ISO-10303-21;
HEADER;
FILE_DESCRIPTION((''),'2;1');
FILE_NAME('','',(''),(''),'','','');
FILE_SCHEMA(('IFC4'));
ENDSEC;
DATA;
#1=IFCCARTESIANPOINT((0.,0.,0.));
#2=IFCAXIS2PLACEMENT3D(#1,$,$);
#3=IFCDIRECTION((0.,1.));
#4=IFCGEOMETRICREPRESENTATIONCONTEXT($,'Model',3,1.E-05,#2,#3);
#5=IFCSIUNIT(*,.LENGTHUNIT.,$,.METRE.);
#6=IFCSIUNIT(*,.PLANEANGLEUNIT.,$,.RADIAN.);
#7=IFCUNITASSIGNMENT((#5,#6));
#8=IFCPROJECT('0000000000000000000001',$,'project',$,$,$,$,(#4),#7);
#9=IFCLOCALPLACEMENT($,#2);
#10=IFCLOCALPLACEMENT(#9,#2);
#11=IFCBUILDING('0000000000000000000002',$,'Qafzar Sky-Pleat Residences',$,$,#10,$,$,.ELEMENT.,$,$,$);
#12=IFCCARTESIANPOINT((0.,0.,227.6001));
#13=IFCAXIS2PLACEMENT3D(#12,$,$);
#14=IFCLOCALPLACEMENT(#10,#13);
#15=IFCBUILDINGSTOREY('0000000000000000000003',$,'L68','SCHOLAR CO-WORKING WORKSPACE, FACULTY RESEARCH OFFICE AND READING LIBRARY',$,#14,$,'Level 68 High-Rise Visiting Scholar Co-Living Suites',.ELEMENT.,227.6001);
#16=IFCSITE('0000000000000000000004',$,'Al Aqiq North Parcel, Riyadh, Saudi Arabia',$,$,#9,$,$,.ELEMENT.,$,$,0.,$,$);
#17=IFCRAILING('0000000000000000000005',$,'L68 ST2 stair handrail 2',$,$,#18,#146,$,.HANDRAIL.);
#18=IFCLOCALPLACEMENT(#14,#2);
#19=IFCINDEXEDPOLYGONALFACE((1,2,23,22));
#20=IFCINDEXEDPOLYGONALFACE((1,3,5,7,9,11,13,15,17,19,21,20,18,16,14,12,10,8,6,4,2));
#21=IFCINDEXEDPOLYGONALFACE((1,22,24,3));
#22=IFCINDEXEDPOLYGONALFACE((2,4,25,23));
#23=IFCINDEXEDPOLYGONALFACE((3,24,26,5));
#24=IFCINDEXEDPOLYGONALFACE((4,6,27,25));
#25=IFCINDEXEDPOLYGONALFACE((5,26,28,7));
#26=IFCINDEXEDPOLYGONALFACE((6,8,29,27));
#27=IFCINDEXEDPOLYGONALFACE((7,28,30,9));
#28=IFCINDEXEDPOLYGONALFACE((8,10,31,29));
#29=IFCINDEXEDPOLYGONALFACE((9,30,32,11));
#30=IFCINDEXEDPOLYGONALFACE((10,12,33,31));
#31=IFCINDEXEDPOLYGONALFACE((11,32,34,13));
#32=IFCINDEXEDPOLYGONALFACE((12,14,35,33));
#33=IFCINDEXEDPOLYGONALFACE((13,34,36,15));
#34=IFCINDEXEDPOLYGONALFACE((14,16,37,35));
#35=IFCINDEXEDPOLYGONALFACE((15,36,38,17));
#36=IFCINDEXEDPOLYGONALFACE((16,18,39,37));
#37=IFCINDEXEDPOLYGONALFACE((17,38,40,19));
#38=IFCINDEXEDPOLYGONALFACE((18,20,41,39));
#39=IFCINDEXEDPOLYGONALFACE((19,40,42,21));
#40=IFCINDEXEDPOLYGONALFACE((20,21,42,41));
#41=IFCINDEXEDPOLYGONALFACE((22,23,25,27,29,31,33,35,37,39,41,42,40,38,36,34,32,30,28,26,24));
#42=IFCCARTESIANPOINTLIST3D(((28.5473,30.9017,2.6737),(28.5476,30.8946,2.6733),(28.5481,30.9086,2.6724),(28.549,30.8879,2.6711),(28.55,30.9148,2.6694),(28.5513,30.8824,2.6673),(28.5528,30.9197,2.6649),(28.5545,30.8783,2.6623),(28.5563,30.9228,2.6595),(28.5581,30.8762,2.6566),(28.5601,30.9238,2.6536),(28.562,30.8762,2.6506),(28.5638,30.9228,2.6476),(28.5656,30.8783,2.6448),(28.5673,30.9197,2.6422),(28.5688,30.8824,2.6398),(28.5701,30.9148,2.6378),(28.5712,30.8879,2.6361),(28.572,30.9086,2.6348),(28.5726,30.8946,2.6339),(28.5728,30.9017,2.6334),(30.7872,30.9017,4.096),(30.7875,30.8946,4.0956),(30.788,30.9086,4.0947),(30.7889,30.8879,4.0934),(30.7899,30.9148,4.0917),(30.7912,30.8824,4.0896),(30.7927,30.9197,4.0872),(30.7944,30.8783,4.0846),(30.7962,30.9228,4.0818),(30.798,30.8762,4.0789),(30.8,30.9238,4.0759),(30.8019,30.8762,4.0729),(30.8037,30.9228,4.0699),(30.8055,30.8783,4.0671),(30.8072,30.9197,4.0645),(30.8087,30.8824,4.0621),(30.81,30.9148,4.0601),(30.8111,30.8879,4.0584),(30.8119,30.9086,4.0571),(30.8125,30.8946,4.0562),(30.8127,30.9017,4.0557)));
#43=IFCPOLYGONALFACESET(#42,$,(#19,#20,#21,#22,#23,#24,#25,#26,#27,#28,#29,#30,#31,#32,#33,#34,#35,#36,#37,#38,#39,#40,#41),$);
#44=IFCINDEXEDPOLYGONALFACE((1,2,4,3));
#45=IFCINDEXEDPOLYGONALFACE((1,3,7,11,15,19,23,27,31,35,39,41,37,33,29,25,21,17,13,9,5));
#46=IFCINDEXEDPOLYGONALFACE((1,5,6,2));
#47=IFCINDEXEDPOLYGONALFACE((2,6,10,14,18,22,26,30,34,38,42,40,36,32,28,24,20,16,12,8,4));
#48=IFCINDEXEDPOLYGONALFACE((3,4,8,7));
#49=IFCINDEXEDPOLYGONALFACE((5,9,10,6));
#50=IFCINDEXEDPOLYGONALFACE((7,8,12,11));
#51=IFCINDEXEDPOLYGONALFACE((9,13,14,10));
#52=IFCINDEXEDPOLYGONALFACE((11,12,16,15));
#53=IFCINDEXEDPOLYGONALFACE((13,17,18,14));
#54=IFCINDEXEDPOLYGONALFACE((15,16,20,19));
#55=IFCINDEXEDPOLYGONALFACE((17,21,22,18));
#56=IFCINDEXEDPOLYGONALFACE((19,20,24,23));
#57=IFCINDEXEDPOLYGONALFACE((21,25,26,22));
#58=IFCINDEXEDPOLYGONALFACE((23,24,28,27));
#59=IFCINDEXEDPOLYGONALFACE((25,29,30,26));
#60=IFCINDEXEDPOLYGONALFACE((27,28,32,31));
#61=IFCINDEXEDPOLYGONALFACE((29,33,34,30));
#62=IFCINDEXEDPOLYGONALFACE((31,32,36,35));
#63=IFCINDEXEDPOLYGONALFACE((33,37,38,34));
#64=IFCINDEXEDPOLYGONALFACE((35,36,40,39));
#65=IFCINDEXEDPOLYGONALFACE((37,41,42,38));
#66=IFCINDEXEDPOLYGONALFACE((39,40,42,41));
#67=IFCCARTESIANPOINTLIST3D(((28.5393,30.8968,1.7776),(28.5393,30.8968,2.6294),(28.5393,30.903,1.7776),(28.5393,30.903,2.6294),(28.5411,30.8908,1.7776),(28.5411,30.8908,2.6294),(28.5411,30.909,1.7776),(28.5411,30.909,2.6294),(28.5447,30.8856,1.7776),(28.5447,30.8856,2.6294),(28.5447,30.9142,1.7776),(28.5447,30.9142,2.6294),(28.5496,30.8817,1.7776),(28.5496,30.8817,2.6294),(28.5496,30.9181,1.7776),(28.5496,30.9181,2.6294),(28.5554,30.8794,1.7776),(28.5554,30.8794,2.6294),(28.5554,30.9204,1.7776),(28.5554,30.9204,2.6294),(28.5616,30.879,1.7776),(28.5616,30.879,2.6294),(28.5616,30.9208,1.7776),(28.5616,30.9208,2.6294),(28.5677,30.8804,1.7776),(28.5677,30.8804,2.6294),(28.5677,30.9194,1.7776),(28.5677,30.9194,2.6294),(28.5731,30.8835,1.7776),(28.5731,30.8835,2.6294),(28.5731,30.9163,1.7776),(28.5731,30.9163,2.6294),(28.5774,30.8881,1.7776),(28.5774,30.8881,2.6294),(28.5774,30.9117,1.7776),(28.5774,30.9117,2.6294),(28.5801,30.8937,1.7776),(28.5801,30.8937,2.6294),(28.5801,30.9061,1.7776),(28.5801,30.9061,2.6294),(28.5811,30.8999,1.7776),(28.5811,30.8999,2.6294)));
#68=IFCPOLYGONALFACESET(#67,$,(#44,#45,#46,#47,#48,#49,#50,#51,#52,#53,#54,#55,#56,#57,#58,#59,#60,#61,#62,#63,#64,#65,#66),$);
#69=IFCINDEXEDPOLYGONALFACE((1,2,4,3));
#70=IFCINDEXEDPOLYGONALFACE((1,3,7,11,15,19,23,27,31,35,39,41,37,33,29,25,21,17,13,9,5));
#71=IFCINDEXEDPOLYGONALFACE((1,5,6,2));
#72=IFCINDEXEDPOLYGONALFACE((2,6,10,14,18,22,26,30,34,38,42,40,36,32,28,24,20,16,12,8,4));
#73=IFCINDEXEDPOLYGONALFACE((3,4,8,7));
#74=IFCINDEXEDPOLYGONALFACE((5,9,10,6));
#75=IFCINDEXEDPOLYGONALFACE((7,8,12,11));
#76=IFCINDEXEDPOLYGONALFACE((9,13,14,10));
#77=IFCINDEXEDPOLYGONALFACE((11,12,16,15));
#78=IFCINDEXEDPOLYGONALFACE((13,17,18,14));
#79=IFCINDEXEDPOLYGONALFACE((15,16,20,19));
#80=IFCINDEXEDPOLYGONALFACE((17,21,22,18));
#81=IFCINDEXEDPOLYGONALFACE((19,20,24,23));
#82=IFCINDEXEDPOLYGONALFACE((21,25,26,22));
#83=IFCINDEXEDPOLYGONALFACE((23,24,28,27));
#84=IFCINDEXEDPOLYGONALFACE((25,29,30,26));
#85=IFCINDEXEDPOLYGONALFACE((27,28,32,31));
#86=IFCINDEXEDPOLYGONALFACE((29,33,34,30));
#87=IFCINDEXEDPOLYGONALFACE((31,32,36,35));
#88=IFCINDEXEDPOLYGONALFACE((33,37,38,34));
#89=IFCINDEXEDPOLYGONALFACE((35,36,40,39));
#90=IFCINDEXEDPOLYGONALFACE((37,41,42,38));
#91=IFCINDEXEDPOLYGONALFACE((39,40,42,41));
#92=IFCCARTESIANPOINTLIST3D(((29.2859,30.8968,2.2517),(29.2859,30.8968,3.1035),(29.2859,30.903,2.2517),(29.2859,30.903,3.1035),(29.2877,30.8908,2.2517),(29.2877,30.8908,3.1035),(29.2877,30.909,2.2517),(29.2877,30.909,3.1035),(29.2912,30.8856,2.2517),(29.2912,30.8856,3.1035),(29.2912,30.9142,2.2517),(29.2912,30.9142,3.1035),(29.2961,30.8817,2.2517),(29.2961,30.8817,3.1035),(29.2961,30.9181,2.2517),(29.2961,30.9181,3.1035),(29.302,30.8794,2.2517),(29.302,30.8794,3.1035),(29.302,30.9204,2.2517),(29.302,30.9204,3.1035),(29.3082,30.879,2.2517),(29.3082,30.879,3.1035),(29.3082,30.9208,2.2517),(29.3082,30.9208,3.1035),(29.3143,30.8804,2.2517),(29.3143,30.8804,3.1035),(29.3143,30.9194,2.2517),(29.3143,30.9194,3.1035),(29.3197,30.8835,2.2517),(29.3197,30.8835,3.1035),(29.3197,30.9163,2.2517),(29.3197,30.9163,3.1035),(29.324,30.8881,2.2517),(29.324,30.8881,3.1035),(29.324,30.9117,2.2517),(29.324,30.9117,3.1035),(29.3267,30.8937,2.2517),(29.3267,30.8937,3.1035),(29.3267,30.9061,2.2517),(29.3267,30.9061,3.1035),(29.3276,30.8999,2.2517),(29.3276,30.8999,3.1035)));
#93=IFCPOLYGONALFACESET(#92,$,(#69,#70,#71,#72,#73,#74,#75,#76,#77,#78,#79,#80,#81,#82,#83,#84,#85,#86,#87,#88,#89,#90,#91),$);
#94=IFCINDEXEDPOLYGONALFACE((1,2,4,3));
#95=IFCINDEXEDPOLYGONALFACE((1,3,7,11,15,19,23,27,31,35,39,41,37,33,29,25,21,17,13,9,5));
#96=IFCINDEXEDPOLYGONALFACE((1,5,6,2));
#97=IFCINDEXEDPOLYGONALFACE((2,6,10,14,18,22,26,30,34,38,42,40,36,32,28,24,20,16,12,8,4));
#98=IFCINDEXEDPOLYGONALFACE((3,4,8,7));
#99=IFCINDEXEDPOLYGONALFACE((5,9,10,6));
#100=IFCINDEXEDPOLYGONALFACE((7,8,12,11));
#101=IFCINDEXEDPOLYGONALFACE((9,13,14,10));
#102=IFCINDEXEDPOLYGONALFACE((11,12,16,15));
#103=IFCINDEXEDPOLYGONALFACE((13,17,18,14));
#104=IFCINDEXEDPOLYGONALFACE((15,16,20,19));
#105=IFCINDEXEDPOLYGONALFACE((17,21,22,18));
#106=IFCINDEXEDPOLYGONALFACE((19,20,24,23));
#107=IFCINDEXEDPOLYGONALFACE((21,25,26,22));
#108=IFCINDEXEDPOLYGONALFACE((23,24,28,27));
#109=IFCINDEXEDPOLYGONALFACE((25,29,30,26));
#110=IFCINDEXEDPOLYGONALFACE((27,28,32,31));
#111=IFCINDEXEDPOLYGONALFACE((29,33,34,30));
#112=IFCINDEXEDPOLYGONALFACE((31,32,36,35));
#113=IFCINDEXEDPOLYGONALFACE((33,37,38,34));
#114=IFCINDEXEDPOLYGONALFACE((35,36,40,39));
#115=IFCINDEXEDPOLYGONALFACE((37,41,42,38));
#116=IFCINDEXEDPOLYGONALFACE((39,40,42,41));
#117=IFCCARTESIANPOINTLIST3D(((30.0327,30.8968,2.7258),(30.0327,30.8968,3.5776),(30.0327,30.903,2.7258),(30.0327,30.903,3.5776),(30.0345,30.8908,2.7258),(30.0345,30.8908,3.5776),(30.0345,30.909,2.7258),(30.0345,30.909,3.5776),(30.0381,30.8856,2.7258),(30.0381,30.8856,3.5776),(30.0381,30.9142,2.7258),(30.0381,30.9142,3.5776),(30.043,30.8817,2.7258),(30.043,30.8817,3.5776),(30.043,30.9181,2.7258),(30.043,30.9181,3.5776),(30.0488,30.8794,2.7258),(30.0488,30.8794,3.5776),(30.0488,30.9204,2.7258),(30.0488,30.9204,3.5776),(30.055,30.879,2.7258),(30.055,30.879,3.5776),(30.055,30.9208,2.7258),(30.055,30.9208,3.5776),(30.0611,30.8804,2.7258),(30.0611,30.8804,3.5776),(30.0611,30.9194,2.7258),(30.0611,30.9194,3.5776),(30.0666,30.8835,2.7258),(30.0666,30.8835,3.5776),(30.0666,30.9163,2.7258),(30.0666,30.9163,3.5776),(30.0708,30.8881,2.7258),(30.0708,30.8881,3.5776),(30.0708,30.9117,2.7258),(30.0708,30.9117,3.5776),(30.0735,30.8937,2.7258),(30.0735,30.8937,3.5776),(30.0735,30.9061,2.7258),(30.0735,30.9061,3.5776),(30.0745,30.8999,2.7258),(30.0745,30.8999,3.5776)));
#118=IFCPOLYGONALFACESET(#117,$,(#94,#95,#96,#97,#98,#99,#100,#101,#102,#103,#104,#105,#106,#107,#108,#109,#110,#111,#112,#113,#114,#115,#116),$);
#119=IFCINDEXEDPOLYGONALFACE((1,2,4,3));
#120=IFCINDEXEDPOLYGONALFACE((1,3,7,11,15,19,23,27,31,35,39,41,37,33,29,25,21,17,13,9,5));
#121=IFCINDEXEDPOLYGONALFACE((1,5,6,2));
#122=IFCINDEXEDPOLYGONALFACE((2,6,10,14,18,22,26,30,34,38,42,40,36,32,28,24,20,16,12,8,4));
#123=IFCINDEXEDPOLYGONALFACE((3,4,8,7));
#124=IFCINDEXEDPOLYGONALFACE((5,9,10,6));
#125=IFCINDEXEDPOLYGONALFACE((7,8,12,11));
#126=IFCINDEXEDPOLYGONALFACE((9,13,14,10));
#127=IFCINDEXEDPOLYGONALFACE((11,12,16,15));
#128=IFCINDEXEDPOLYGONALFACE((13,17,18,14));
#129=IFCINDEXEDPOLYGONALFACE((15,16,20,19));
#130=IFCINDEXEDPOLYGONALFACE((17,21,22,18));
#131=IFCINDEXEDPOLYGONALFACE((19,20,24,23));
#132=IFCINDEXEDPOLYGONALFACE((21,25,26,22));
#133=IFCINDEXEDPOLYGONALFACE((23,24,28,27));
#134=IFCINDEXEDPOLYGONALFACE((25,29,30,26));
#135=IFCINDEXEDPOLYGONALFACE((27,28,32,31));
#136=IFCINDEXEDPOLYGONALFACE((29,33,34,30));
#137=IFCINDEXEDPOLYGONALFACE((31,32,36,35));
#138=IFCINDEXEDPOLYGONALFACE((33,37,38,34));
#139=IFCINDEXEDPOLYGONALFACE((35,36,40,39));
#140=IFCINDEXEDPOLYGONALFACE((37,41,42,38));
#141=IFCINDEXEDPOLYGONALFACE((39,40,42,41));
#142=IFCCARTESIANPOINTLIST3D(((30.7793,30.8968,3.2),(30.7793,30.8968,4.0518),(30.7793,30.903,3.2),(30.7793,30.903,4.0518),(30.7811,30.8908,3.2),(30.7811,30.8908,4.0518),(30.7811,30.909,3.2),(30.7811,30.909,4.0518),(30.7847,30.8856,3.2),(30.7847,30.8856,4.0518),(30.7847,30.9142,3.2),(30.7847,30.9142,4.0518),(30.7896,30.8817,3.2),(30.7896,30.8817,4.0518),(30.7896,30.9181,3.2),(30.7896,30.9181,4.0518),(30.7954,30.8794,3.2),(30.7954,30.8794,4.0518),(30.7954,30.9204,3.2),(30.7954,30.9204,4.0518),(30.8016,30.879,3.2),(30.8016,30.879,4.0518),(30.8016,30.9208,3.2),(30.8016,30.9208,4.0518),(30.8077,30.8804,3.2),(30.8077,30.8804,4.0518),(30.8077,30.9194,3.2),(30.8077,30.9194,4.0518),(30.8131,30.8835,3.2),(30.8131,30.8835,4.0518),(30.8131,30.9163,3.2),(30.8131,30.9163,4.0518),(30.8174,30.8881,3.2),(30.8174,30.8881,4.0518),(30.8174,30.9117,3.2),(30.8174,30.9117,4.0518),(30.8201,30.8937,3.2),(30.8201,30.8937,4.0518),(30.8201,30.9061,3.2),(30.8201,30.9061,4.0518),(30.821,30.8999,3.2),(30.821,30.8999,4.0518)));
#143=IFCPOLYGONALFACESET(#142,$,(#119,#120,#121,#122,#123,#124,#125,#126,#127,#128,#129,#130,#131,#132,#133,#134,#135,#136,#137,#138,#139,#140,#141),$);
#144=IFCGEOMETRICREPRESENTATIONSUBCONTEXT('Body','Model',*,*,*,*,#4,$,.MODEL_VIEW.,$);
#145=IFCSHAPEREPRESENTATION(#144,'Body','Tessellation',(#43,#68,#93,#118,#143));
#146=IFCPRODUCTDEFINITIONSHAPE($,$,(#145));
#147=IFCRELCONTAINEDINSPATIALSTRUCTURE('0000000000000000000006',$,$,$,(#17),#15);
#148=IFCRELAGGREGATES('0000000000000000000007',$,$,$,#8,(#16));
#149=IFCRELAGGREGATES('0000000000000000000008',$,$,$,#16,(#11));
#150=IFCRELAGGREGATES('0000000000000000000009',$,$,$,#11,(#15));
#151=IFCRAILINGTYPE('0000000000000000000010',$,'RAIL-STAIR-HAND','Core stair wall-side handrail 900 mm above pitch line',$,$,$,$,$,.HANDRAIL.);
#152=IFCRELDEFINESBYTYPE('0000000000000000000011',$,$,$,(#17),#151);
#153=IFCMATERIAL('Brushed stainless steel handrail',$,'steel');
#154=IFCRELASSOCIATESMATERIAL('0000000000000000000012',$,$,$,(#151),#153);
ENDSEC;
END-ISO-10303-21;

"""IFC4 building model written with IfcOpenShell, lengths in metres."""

from ifc_helpers import new_model, si_unit, direction, frame, origin, origin_2d, place, context, subcontext, project, spatial, circle, extrude, source, transform, mapped, material, type_object, element, save


model = new_model("IFC4")

# Units and contexts
model_context = context("Model", 3, precision=1e-05, world=origin(), true_north=direction((0.0, 1.0)))
body_context = subcontext(model_context, "Body", "Model", "MODEL_VIEW")
ifc_project = project(units=[si_unit("LENGTHUNIT", "METRE"), si_unit("PLANEANGLEUNIT", "RADIAN")], contexts=[model_context])

# Site, building, storey
site_placement = place(None, origin())
site = spatial("IfcSite", under=ifc_project, at=site_placement, Name="Al Aqiq North Parcel, Riyadh, Saudi Arabia", CompositionType="ELEMENT", RefElevation=0.0)
building_placement = place(site_placement, origin())
building = spatial("IfcBuilding", under=site, at=building_placement, Name="Qafzar Sky-Pleat Residences", CompositionType="ELEMENT")
storey_placement = place(building_placement, frame((0.0, 0.0, 227.6001)))
storey = spatial("IfcBuildingStorey", under=building, at=storey_placement, Name="L68", Description="SCHOLAR CO-WORKING WORKSPACE, FACULTY RESEARCH OFFICE AND READING LIBRARY", LongName="Level 68 High-Rise Visiting Scholar Co-Living Suites", CompositionType="ELEMENT", Elevation=227.6001)

# Railing
ifc_material_1 = material(Name="Brushed stainless steel handrail", Category="steel")
railing_type_1 = type_object("IfcRailingType", Name="RAIL-STAIR-HAND", Description="Core stair wall-side handrail 900 mm above pitch line", PredefinedType="HANDRAIL", material=ifc_material_1)
shared_shape_1 = source(origin(), body_context, "Body", "SweptSolid", [
    extrude(circle(Radius=0.0239, at=origin_2d()), frame((0.0, 0.0, 0.876), z_axis=(0.844188, 0.0, 0.536048), x_axis=(0.0, 1.0, 0.0)), (0.0, 0.0, 1.0), 2.6533),
    extrude(circle(Radius=0.021, at=origin_2d()), origin(), (0.0, 0.0, 1.0), 0.8518),
    extrude(circle(Radius=0.021, at=origin_2d()), frame((0.7466, 0.0, 0.4741)), (0.0, 0.0, 1.0), 0.8518),
    extrude(circle(Radius=0.021, at=origin_2d()), frame((1.4934, 0.0, 0.9482)), (0.0, 0.0, 1.0), 0.8518),
    extrude(circle(Radius=0.021, at=origin_2d()), frame((2.24, 0.0, 1.4224)), (0.0, 0.0, 1.0), 0.8518),
])
railing_1_placement = place(storey_placement, frame((28.5601, 30.8999, 1.7776)))
element("IfcRailing", 1, at=railing_1_placement, inside=storey, type_object=railing_type_1, Name="L68 ST2 stair handrail 2", PredefinedType="HANDRAIL", context=body_context, shape_type="MappedRepresentation", body=[
    mapped(shared_shape_1, transform((0.0, 0.0, 0.0), x_axis=(1.0, 0.0, 0.0), y_axis=(0.0, 1.0, 0.0), z_axis=(0.0, 0.0, 1.0), scale=1.0)),
])

save(model, "model.ifc")
